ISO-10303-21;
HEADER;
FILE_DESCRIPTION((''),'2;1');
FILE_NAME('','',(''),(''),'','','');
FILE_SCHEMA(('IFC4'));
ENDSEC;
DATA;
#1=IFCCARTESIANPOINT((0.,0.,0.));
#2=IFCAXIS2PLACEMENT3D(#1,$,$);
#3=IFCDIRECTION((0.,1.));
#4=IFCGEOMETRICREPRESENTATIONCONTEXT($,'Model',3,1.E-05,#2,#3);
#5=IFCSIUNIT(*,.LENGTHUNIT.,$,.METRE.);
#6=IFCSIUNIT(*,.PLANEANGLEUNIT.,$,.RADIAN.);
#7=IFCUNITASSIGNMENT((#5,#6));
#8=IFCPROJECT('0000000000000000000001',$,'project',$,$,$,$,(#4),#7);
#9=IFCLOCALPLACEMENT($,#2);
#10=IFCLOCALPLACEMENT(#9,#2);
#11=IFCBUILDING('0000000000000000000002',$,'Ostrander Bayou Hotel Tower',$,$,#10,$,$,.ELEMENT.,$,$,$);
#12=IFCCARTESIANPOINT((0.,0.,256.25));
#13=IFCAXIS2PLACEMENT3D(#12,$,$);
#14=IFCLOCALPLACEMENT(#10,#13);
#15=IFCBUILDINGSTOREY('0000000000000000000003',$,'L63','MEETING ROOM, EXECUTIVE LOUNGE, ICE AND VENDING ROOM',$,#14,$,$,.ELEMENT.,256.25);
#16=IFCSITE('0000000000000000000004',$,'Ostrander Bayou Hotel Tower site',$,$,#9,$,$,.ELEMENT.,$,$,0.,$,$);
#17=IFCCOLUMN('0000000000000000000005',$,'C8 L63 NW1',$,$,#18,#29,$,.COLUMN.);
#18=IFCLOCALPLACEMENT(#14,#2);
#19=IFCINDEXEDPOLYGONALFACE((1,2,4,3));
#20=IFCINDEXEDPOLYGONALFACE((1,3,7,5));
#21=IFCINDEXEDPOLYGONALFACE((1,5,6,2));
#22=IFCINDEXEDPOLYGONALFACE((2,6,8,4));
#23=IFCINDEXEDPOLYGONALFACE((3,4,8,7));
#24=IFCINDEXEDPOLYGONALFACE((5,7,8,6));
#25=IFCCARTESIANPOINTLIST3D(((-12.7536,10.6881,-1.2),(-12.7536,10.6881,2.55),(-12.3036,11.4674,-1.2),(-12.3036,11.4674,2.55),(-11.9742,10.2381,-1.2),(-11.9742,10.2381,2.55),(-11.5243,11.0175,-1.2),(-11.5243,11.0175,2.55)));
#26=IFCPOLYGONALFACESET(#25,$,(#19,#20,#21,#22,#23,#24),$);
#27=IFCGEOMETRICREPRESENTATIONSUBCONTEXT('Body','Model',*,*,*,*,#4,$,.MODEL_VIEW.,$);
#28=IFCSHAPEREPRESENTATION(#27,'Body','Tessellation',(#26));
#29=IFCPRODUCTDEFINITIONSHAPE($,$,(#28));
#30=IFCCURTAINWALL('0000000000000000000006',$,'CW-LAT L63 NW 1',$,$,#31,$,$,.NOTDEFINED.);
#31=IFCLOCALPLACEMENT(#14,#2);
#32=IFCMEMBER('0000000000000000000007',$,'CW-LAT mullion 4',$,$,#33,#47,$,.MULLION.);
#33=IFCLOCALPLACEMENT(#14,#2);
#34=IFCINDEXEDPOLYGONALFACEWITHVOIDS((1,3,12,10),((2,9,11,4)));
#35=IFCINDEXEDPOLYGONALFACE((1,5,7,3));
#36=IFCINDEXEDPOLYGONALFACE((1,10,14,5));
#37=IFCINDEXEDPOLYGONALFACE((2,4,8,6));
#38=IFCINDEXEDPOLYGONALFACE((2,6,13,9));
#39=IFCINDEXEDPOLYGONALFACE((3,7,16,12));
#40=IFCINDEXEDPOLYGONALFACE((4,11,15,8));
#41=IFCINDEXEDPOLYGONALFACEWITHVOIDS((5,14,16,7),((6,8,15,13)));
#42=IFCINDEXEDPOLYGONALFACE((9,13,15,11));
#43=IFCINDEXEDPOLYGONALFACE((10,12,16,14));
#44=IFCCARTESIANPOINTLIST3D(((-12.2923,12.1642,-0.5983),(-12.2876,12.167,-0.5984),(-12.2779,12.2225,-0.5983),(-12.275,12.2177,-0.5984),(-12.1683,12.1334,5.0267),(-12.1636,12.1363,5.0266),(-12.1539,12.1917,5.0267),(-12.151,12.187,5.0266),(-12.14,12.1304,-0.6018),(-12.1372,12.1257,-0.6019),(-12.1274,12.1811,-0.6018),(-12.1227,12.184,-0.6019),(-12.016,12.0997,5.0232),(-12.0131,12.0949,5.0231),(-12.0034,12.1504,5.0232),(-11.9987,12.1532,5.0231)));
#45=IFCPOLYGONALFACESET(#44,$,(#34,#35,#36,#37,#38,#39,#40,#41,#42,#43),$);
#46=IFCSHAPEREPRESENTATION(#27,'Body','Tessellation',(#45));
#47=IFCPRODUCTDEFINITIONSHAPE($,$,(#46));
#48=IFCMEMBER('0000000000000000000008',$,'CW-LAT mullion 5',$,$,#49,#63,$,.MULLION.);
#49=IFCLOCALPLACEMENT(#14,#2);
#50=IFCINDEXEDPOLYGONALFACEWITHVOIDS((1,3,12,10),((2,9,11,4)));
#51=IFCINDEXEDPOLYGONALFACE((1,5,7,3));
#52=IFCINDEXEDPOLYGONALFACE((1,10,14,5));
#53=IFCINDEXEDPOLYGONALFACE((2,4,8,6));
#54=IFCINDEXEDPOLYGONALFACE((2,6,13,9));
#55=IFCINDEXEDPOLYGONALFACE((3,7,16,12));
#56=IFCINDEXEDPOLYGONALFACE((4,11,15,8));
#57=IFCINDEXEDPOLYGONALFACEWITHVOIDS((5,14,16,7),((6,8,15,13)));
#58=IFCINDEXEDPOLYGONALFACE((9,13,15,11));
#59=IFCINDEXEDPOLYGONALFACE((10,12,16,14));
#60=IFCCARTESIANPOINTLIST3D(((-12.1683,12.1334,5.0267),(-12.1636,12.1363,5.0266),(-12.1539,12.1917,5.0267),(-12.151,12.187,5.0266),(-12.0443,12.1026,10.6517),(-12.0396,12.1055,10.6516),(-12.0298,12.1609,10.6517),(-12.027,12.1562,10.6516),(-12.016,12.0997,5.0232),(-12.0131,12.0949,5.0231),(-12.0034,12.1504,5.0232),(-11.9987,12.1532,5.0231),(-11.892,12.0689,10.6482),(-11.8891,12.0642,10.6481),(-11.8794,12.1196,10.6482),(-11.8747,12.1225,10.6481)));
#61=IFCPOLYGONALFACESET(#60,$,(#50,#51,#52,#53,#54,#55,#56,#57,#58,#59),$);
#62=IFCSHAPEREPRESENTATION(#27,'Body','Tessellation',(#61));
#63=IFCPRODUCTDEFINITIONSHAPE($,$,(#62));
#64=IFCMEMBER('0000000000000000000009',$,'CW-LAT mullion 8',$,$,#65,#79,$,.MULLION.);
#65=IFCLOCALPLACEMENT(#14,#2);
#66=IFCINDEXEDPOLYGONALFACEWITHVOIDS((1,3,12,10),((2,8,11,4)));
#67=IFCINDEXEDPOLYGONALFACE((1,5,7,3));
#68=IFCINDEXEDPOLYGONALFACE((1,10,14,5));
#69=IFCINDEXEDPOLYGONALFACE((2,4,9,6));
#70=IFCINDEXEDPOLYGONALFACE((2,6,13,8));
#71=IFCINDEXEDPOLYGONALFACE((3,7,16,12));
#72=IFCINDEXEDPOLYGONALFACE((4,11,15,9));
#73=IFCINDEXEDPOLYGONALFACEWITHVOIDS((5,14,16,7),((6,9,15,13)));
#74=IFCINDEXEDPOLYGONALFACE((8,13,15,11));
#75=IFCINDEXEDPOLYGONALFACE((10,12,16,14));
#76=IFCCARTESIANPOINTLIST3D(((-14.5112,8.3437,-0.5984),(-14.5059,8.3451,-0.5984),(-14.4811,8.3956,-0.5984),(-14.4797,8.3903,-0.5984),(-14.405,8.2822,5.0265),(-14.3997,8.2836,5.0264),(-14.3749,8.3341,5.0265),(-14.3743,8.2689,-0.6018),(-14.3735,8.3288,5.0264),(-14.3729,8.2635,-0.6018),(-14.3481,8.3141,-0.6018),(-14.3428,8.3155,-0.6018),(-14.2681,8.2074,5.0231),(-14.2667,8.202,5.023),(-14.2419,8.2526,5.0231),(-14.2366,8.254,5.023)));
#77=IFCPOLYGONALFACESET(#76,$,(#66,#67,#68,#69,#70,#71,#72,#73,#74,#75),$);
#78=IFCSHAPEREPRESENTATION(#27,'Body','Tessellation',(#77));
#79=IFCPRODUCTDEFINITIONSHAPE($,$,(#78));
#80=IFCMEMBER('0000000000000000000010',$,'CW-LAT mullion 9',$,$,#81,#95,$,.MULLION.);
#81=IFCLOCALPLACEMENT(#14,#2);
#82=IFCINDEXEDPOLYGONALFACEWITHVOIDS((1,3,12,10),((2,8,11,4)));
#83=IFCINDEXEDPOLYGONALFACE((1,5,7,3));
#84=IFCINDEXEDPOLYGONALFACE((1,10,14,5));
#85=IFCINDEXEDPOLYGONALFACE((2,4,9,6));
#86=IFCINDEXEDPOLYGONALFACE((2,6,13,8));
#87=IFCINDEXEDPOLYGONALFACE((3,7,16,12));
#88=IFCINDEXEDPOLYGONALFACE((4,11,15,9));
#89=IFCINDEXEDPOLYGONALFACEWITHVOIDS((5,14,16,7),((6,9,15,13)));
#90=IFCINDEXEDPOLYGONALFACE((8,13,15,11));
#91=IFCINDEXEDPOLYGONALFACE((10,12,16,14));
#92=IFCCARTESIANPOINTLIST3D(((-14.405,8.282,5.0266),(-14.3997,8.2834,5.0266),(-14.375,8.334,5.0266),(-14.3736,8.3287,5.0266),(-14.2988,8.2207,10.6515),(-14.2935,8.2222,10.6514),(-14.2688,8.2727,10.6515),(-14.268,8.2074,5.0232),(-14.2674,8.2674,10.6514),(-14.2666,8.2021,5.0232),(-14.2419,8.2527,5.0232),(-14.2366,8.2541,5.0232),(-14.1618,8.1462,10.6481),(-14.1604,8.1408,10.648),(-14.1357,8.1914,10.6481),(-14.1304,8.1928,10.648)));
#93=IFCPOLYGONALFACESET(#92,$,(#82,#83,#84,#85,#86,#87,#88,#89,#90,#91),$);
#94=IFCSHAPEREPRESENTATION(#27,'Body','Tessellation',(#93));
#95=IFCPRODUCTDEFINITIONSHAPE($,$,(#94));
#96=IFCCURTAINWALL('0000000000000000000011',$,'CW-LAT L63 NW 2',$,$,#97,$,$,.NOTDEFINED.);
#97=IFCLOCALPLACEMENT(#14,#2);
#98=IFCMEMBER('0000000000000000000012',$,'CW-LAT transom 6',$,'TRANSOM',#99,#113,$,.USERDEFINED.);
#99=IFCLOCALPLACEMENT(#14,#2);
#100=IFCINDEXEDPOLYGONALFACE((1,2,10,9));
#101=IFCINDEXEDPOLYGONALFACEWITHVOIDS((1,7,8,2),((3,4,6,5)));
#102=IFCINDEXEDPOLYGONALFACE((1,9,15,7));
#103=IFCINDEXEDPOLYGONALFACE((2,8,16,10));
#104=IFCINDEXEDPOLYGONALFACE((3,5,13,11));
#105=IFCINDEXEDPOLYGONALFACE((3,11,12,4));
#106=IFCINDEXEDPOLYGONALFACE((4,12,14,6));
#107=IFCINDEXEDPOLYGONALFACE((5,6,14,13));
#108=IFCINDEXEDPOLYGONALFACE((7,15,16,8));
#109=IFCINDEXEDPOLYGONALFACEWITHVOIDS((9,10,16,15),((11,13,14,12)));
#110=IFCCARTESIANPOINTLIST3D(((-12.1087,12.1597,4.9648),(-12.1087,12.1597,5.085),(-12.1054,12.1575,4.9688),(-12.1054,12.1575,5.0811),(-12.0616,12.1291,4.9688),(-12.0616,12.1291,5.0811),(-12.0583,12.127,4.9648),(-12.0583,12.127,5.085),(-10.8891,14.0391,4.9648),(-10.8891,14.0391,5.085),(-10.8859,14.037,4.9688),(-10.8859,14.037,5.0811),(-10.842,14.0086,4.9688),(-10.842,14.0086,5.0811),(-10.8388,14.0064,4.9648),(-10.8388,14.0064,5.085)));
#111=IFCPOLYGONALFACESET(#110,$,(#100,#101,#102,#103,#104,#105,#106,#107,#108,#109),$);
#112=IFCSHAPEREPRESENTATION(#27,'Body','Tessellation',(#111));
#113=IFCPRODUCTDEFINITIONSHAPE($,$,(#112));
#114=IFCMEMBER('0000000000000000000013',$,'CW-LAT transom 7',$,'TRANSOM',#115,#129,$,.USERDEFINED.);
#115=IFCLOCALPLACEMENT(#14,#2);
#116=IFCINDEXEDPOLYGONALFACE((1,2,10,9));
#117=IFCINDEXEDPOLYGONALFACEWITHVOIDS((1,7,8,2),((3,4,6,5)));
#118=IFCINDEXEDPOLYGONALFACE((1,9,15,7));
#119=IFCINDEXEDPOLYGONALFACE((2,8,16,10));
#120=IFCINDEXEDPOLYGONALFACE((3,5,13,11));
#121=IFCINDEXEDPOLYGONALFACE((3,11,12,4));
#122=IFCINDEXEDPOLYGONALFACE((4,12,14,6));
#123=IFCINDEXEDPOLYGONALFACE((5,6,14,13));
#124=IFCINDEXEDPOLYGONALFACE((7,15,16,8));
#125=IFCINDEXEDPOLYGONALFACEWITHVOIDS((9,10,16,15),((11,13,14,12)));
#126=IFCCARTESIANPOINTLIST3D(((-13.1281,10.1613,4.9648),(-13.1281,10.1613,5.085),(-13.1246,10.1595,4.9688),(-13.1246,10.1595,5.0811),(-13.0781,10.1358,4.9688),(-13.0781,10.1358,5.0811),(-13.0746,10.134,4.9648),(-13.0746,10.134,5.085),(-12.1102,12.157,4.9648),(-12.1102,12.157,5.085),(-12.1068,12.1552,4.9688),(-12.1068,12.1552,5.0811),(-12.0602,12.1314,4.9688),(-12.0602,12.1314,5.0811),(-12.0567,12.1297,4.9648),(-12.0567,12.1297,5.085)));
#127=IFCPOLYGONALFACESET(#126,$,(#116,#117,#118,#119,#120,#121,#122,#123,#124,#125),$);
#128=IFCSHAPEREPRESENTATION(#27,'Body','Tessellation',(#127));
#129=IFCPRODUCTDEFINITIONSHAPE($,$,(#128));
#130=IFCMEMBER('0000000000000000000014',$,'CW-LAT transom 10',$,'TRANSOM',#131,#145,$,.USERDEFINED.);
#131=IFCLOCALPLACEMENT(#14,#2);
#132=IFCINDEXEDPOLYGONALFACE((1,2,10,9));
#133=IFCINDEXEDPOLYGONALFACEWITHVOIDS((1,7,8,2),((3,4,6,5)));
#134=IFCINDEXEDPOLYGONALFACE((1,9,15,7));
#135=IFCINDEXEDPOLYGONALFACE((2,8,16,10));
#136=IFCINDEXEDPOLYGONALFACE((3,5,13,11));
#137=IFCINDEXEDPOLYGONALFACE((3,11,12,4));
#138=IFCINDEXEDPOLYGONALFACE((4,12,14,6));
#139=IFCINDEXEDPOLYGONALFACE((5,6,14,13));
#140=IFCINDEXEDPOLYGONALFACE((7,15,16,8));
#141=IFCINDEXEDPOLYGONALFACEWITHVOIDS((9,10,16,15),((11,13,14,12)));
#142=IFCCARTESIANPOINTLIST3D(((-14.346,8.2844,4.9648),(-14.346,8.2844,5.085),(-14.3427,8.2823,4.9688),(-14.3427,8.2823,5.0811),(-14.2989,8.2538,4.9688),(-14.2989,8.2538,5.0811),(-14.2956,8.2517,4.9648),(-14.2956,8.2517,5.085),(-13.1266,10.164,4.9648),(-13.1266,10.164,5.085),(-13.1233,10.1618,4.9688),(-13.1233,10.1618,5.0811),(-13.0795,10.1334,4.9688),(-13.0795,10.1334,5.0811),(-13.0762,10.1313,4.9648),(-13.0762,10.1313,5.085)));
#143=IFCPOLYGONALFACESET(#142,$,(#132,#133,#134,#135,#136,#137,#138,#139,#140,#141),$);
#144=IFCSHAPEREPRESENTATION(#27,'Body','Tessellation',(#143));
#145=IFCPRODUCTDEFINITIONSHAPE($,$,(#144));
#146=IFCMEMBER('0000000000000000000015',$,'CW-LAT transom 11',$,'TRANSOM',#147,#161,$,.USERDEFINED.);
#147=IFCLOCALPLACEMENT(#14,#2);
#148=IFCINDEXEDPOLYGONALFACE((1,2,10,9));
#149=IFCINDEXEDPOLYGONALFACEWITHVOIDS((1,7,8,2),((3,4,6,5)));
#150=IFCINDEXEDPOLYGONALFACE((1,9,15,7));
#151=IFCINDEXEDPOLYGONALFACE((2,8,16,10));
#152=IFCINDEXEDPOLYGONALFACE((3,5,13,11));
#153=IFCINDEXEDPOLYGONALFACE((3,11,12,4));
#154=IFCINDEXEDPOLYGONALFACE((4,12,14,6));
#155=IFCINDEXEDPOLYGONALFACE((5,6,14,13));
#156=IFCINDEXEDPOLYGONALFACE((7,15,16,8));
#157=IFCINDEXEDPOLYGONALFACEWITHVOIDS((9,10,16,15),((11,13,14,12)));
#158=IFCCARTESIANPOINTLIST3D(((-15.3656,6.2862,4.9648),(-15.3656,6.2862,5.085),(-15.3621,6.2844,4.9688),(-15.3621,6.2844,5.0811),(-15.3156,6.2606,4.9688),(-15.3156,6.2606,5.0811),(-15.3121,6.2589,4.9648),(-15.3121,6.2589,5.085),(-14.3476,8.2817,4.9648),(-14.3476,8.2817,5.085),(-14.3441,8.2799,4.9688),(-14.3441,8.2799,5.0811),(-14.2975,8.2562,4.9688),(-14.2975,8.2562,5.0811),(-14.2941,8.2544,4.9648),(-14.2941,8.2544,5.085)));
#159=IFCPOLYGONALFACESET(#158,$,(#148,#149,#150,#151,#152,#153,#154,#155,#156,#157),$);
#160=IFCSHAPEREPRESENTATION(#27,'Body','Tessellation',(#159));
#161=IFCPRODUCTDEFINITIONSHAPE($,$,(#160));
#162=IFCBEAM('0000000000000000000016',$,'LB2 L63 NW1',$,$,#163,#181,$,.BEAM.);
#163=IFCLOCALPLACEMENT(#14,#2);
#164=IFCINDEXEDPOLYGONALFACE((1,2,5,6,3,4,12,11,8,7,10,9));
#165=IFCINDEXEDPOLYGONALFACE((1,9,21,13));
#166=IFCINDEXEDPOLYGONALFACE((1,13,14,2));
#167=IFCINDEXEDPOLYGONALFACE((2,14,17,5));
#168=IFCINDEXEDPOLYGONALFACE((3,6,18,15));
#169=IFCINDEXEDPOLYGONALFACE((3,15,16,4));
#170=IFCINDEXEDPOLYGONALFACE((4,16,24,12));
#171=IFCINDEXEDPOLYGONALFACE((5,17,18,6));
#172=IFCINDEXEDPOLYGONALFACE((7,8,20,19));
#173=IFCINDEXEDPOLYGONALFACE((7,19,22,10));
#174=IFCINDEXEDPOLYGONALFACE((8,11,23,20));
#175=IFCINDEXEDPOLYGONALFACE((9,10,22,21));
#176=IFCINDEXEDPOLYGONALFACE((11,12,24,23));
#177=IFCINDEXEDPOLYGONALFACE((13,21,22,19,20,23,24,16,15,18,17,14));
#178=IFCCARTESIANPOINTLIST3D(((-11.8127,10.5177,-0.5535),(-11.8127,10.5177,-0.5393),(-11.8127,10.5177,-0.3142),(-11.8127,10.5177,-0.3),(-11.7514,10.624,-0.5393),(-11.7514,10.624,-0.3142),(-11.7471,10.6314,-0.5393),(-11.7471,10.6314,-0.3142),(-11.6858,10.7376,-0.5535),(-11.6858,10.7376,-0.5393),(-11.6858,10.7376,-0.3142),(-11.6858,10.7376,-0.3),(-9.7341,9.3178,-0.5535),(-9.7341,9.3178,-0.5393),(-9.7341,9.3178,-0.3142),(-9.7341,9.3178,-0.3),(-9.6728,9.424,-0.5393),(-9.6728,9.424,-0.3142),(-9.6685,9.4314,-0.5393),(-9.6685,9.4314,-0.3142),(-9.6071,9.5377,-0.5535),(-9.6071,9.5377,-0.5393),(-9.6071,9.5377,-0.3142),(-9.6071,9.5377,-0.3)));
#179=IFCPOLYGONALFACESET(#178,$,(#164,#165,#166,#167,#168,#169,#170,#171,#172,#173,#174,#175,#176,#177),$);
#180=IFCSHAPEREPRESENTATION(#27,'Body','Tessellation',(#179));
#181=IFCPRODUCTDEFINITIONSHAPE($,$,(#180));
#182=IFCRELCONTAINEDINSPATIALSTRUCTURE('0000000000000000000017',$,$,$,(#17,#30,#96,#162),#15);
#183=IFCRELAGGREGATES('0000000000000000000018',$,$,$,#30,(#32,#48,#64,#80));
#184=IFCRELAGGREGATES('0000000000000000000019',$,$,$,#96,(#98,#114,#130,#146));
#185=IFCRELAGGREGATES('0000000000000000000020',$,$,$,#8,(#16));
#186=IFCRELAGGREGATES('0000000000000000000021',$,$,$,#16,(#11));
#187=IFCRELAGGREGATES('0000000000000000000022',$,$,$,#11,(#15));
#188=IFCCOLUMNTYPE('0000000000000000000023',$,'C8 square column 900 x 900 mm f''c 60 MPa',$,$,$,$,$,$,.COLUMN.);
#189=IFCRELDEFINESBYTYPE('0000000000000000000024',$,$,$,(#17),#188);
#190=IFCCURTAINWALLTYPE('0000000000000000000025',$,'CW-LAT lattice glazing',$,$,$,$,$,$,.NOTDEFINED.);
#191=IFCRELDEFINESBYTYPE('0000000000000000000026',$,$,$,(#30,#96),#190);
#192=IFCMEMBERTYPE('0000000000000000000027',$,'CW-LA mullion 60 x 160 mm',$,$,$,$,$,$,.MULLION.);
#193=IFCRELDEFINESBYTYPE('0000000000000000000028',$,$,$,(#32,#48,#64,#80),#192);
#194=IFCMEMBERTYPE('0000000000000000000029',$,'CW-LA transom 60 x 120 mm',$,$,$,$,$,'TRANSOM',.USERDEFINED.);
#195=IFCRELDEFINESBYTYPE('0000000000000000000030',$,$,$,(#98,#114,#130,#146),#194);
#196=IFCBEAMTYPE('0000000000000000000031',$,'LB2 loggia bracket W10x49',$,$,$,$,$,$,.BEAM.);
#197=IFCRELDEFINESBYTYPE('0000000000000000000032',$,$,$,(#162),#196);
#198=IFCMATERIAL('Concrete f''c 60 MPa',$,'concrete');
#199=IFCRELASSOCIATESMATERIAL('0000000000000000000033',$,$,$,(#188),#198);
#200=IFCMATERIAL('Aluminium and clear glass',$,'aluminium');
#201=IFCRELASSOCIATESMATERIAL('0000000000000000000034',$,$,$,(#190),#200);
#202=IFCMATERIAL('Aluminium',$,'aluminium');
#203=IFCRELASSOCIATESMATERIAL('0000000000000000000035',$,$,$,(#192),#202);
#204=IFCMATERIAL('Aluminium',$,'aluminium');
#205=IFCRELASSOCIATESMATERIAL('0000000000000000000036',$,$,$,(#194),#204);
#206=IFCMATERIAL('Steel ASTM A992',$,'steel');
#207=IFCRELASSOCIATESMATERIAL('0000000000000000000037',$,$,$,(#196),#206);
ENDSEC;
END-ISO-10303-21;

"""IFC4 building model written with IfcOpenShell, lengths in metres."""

from ifc_helpers import new_model, si_unit, direction, frame, origin, origin_2d, place, context, subcontext, project, spatial, rectangle, hollow_rectangle, i_section, extrude, material, material_profile, profile_set, type_object, element, aggregate, save


model = new_model("IFC4")

# Units and contexts
model_context = context("Model", 3, precision=1e-05, world=origin(), true_north=direction((0.0, 1.0)))
body_context = subcontext(model_context, "Body", "Model", "MODEL_VIEW")
ifc_project = project(units=[si_unit("LENGTHUNIT", "METRE"), si_unit("PLANEANGLEUNIT", "RADIAN")], contexts=[model_context])

# Site, building, storey
site_placement = place(None, origin())
site = spatial("IfcSite", under=ifc_project, at=site_placement, Name="Ostrander Bayou Hotel Tower site", CompositionType="ELEMENT", RefElevation=0.0)
building_placement = place(site_placement, origin())
building = spatial("IfcBuilding", under=site, at=building_placement, Name="Ostrander Bayou Hotel Tower", CompositionType="ELEMENT")
storey_placement = place(building_placement, frame((0.0, 0.0, 256.25)))
storey = spatial("IfcBuildingStorey", under=building, at=storey_placement, Name="L63", Description="MEETING ROOM, EXECUTIVE LOUNGE, ICE AND VENDING ROOM", CompositionType="ELEMENT", Elevation=256.25)

# Column
ifc_material_1 = material(Name="Concrete f'c 60 MPa", Category="concrete")
ifc_material_profile_1 = material_profile(ifc_material_1, rectangle(XDim=0.8999, YDim=0.8999, at=origin_2d()))
ifc_profile_set_1 = profile_set([ifc_material_profile_1], Name="Concrete f'c 60 MPa")
column_type = type_object("IfcColumnType", Name="C8 square column 900 x 900 mm f'c 60 MPa", PredefinedType="COLUMN", material=ifc_profile_set_1)
column_placement = place(storey_placement, frame((-12.1389, 10.8528, -1.2), z_axis=(0.0, 0.0, 1.0), x_axis=(0.5, 0.866025, 0.0)))
element("IfcColumn", 1, at=column_placement, inside=storey, type_object=column_type, Name="C8 L63 NW1", PredefinedType="COLUMN", context=body_context, shape_type="SweptSolid", body=[
    extrude(rectangle(XDim=0.8999, YDim=0.8999, at=origin_2d()), origin(), (0.0, 0.0, 1.0), 3.75),
])

# Curtain walls, members
ifc_material_2 = material(Name="Aluminium and clear glass", Category="aluminium")
curtain_wall_type = type_object("IfcCurtainWallType", Name="CW-LAT lattice glazing", PredefinedType="NOTDEFINED", material=ifc_material_2)
curtain_wall_1_placement = place(storey_placement, origin())
curtain_wall_1 = element("IfcCurtainWall", 2, at=curtain_wall_1_placement, inside=storey, type_object=curtain_wall_type, Name="CW-LAT L63 NW 1", PredefinedType="NOTDEFINED")
ifc_material_3 = material(Name="Aluminium", Category="aluminium")
ifc_material_profile_2 = material_profile(ifc_material_3, hollow_rectangle(XDim=0.0601, YDim=0.1599, WallThickness=0.0039, at=origin_2d()))
ifc_profile_set_2 = profile_set([ifc_material_profile_2], Name="Aluminium")
member_type_1 = type_object("IfcMemberType", Name="CW-LA mullion 60 x 160 mm", PredefinedType="MULLION", material=ifc_profile_set_2)
member_1_placement = place(storey_placement, frame((-12.2075, 12.1741, -0.6001), z_axis=(0.022043, -0.005467, 0.999742), x_axis=(0.240737, 0.97059, 0.0)))
member_1 = element("IfcMember", 3, at=member_1_placement, type_object=member_type_1, Name="CW-LAT mullion 4", PredefinedType="MULLION", context=body_context, shape_type="SweptSolid", body=[
    extrude(hollow_rectangle(XDim=0.0601, YDim=0.1599, WallThickness=0.0039, at=origin_2d()), origin(), (0.0, 0.0, 1.0), 5.6265),
])
member_2_placement = place(storey_placement, frame((-12.0835, 12.1433, 5.0249), z_axis=(0.022043, -0.005467, 0.999742), x_axis=(0.240737, 0.97059, 0.0)))
member_2 = element("IfcMember", 4, at=member_2_placement, type_object=member_type_1, Name="CW-LAT mullion 5", PredefinedType="MULLION", context=body_context, shape_type="SweptSolid", body=[
    extrude(hollow_rectangle(XDim=0.0601, YDim=0.1599, WallThickness=0.0039, at=origin_2d()), origin(), (0.0, 0.0, 1.0), 5.6265),
])
member_3_placement = place(storey_placement, frame((-14.427, 8.3296, -0.6001), z_axis=(0.018876, -0.010935, 0.999762), x_axis=(0.501271, 0.86529, 0.0)))
member_3 = element("IfcMember", 5, at=member_3_placement, type_object=member_type_1, Name="CW-LAT mullion 8", PredefinedType="MULLION", context=body_context, shape_type="SweptSolid", body=[
    extrude(hollow_rectangle(XDim=0.0601, YDim=0.1599, WallThickness=0.0039, at=origin_2d()), origin(), (0.0, 0.0, 1.0), 5.6262),
])
member_4_placement = place(storey_placement, frame((-14.3208, 8.2681, 5.0249), z_axis=(0.018876, -0.010892, 0.999763), x_axis=(0.49978, 0.866152, 0.0)))
member_4 = element("IfcMember", 6, at=member_4_placement, type_object=member_type_1, Name="CW-LAT mullion 9", PredefinedType="MULLION", context=body_context, shape_type="SweptSolid", body=[
    extrude(hollow_rectangle(XDim=0.0601, YDim=0.1599, WallThickness=0.0039, at=origin_2d()), origin(), (0.0, 0.0, 1.0), 5.6262),
])
curtain_wall_2_placement = place(storey_placement, origin())
curtain_wall_2 = element("IfcCurtainWall", 7, at=curtain_wall_2_placement, inside=storey, type_object=curtain_wall_type, Name="CW-LAT L63 NW 2", PredefinedType="NOTDEFINED")
ifc_material_4 = material(Name="Aluminium", Category="aluminium")
ifc_material_profile_3 = material_profile(ifc_material_4, hollow_rectangle(XDim=0.0601, YDim=0.1201, WallThickness=0.0039, at=origin_2d()))
ifc_profile_set_3 = profile_set([ifc_material_profile_3], Name="Aluminium")
member_type_2 = type_object("IfcMemberType", Name="CW-LA transom 60 x 120 mm", ElementType="TRANSOM", PredefinedType="USERDEFINED", material=ifc_profile_set_3)
member_5_placement = place(storey_placement, frame((-12.0835, 12.1433, 5.0249), z_axis=(0.544322, 0.838877, 0.0), x_axis=(-0.838877, 0.544322, 0.0)))
member_5 = element("IfcMember", 8, at=member_5_placement, type_object=member_type_2, Name="CW-LAT transom 6", ObjectType="TRANSOM", PredefinedType="USERDEFINED", context=body_context, shape_type="SweptSolid", body=[
    extrude(hollow_rectangle(XDim=0.0601, YDim=0.1201, WallThickness=0.0039, at=origin_2d()), origin(), (0.0, 0.0, 1.0), 2.2405),
])
member_6_placement = place(storey_placement, frame((-12.0835, 12.1433, 5.0249), z_axis=(-0.454349, -0.890824, 0.0), x_axis=(0.890824, -0.454349, 0.0)))
member_6 = element("IfcMember", 9, at=member_6_placement, type_object=member_type_2, Name="CW-LAT transom 7", ObjectType="TRANSOM", PredefinedType="USERDEFINED", context=body_context, shape_type="SweptSolid", body=[
    extrude(hollow_rectangle(XDim=0.0601, YDim=0.1201, WallThickness=0.0039, at=origin_2d()), origin(), (0.0, 0.0, 1.0), 2.2402),
])
member_7_placement = place(storey_placement, frame((-14.3208, 8.2681, 5.0249), z_axis=(0.544272, 0.838909, 0.0), x_axis=(-0.838909, 0.544272, 0.0)))
member_7 = element("IfcMember", 10, at=member_7_placement, type_object=member_type_2, Name="CW-LAT transom 10", ObjectType="TRANSOM", PredefinedType="USERDEFINED", context=body_context, shape_type="SweptSolid", body=[
    extrude(hollow_rectangle(XDim=0.0601, YDim=0.1201, WallThickness=0.0039, at=origin_2d()), origin(), (0.0, 0.0, 1.0), 2.2405),
])
member_8_placement = place(storey_placement, frame((-14.3208, 8.2681, 5.0249), z_axis=(-0.454435, -0.89078, 0.0), x_axis=(0.89078, -0.454435, 0.0)))
member_8 = element("IfcMember", 11, at=member_8_placement, type_object=member_type_2, Name="CW-LAT transom 11", ObjectType="TRANSOM", PredefinedType="USERDEFINED", context=body_context, shape_type="SweptSolid", body=[
    extrude(hollow_rectangle(XDim=0.0601, YDim=0.1201, WallThickness=0.0039, at=origin_2d()), origin(), (0.0, 0.0, 1.0), 2.2402),
])

# Beam
ifc_material_5 = material(Name="Steel ASTM A992", Category="steel")
ifc_material_profile_4 = material_profile(ifc_material_5, i_section(OverallWidth=0.2539, OverallDepth=0.2534, WebThickness=0.0085, FlangeThickness=0.0142, at=origin_2d()))
ifc_profile_set_4 = profile_set([ifc_material_profile_4], Name="Steel ASTM A992")
beam_type_1 = type_object("IfcBeamType", Name="LB2 loggia bracket W10x49", PredefinedType="BEAM", material=ifc_profile_set_4)
beam_1_placement = place(storey_placement, frame((-11.7493, 10.6277, -0.4268), z_axis=(0.86605, -0.499957, 0.0), x_axis=(0.499957, 0.86605, 0.0)))
element("IfcBeam", 12, at=beam_1_placement, inside=storey, type_object=beam_type_1, Name="LB2 L63 NW1", PredefinedType="BEAM", context=body_context, shape_type="SweptSolid", body=[
    extrude(i_section(OverallWidth=0.2539, OverallDepth=0.2534, WebThickness=0.0085, FlangeThickness=0.0142, at=origin_2d()), origin(), (0.0, 0.0, 1.0), 2.4001),
])

aggregate(curtain_wall_1, [member_1, member_2, member_3, member_4])
aggregate(curtain_wall_2, [member_5, member_6, member_7, member_8])

save(model, "model.ifc")
